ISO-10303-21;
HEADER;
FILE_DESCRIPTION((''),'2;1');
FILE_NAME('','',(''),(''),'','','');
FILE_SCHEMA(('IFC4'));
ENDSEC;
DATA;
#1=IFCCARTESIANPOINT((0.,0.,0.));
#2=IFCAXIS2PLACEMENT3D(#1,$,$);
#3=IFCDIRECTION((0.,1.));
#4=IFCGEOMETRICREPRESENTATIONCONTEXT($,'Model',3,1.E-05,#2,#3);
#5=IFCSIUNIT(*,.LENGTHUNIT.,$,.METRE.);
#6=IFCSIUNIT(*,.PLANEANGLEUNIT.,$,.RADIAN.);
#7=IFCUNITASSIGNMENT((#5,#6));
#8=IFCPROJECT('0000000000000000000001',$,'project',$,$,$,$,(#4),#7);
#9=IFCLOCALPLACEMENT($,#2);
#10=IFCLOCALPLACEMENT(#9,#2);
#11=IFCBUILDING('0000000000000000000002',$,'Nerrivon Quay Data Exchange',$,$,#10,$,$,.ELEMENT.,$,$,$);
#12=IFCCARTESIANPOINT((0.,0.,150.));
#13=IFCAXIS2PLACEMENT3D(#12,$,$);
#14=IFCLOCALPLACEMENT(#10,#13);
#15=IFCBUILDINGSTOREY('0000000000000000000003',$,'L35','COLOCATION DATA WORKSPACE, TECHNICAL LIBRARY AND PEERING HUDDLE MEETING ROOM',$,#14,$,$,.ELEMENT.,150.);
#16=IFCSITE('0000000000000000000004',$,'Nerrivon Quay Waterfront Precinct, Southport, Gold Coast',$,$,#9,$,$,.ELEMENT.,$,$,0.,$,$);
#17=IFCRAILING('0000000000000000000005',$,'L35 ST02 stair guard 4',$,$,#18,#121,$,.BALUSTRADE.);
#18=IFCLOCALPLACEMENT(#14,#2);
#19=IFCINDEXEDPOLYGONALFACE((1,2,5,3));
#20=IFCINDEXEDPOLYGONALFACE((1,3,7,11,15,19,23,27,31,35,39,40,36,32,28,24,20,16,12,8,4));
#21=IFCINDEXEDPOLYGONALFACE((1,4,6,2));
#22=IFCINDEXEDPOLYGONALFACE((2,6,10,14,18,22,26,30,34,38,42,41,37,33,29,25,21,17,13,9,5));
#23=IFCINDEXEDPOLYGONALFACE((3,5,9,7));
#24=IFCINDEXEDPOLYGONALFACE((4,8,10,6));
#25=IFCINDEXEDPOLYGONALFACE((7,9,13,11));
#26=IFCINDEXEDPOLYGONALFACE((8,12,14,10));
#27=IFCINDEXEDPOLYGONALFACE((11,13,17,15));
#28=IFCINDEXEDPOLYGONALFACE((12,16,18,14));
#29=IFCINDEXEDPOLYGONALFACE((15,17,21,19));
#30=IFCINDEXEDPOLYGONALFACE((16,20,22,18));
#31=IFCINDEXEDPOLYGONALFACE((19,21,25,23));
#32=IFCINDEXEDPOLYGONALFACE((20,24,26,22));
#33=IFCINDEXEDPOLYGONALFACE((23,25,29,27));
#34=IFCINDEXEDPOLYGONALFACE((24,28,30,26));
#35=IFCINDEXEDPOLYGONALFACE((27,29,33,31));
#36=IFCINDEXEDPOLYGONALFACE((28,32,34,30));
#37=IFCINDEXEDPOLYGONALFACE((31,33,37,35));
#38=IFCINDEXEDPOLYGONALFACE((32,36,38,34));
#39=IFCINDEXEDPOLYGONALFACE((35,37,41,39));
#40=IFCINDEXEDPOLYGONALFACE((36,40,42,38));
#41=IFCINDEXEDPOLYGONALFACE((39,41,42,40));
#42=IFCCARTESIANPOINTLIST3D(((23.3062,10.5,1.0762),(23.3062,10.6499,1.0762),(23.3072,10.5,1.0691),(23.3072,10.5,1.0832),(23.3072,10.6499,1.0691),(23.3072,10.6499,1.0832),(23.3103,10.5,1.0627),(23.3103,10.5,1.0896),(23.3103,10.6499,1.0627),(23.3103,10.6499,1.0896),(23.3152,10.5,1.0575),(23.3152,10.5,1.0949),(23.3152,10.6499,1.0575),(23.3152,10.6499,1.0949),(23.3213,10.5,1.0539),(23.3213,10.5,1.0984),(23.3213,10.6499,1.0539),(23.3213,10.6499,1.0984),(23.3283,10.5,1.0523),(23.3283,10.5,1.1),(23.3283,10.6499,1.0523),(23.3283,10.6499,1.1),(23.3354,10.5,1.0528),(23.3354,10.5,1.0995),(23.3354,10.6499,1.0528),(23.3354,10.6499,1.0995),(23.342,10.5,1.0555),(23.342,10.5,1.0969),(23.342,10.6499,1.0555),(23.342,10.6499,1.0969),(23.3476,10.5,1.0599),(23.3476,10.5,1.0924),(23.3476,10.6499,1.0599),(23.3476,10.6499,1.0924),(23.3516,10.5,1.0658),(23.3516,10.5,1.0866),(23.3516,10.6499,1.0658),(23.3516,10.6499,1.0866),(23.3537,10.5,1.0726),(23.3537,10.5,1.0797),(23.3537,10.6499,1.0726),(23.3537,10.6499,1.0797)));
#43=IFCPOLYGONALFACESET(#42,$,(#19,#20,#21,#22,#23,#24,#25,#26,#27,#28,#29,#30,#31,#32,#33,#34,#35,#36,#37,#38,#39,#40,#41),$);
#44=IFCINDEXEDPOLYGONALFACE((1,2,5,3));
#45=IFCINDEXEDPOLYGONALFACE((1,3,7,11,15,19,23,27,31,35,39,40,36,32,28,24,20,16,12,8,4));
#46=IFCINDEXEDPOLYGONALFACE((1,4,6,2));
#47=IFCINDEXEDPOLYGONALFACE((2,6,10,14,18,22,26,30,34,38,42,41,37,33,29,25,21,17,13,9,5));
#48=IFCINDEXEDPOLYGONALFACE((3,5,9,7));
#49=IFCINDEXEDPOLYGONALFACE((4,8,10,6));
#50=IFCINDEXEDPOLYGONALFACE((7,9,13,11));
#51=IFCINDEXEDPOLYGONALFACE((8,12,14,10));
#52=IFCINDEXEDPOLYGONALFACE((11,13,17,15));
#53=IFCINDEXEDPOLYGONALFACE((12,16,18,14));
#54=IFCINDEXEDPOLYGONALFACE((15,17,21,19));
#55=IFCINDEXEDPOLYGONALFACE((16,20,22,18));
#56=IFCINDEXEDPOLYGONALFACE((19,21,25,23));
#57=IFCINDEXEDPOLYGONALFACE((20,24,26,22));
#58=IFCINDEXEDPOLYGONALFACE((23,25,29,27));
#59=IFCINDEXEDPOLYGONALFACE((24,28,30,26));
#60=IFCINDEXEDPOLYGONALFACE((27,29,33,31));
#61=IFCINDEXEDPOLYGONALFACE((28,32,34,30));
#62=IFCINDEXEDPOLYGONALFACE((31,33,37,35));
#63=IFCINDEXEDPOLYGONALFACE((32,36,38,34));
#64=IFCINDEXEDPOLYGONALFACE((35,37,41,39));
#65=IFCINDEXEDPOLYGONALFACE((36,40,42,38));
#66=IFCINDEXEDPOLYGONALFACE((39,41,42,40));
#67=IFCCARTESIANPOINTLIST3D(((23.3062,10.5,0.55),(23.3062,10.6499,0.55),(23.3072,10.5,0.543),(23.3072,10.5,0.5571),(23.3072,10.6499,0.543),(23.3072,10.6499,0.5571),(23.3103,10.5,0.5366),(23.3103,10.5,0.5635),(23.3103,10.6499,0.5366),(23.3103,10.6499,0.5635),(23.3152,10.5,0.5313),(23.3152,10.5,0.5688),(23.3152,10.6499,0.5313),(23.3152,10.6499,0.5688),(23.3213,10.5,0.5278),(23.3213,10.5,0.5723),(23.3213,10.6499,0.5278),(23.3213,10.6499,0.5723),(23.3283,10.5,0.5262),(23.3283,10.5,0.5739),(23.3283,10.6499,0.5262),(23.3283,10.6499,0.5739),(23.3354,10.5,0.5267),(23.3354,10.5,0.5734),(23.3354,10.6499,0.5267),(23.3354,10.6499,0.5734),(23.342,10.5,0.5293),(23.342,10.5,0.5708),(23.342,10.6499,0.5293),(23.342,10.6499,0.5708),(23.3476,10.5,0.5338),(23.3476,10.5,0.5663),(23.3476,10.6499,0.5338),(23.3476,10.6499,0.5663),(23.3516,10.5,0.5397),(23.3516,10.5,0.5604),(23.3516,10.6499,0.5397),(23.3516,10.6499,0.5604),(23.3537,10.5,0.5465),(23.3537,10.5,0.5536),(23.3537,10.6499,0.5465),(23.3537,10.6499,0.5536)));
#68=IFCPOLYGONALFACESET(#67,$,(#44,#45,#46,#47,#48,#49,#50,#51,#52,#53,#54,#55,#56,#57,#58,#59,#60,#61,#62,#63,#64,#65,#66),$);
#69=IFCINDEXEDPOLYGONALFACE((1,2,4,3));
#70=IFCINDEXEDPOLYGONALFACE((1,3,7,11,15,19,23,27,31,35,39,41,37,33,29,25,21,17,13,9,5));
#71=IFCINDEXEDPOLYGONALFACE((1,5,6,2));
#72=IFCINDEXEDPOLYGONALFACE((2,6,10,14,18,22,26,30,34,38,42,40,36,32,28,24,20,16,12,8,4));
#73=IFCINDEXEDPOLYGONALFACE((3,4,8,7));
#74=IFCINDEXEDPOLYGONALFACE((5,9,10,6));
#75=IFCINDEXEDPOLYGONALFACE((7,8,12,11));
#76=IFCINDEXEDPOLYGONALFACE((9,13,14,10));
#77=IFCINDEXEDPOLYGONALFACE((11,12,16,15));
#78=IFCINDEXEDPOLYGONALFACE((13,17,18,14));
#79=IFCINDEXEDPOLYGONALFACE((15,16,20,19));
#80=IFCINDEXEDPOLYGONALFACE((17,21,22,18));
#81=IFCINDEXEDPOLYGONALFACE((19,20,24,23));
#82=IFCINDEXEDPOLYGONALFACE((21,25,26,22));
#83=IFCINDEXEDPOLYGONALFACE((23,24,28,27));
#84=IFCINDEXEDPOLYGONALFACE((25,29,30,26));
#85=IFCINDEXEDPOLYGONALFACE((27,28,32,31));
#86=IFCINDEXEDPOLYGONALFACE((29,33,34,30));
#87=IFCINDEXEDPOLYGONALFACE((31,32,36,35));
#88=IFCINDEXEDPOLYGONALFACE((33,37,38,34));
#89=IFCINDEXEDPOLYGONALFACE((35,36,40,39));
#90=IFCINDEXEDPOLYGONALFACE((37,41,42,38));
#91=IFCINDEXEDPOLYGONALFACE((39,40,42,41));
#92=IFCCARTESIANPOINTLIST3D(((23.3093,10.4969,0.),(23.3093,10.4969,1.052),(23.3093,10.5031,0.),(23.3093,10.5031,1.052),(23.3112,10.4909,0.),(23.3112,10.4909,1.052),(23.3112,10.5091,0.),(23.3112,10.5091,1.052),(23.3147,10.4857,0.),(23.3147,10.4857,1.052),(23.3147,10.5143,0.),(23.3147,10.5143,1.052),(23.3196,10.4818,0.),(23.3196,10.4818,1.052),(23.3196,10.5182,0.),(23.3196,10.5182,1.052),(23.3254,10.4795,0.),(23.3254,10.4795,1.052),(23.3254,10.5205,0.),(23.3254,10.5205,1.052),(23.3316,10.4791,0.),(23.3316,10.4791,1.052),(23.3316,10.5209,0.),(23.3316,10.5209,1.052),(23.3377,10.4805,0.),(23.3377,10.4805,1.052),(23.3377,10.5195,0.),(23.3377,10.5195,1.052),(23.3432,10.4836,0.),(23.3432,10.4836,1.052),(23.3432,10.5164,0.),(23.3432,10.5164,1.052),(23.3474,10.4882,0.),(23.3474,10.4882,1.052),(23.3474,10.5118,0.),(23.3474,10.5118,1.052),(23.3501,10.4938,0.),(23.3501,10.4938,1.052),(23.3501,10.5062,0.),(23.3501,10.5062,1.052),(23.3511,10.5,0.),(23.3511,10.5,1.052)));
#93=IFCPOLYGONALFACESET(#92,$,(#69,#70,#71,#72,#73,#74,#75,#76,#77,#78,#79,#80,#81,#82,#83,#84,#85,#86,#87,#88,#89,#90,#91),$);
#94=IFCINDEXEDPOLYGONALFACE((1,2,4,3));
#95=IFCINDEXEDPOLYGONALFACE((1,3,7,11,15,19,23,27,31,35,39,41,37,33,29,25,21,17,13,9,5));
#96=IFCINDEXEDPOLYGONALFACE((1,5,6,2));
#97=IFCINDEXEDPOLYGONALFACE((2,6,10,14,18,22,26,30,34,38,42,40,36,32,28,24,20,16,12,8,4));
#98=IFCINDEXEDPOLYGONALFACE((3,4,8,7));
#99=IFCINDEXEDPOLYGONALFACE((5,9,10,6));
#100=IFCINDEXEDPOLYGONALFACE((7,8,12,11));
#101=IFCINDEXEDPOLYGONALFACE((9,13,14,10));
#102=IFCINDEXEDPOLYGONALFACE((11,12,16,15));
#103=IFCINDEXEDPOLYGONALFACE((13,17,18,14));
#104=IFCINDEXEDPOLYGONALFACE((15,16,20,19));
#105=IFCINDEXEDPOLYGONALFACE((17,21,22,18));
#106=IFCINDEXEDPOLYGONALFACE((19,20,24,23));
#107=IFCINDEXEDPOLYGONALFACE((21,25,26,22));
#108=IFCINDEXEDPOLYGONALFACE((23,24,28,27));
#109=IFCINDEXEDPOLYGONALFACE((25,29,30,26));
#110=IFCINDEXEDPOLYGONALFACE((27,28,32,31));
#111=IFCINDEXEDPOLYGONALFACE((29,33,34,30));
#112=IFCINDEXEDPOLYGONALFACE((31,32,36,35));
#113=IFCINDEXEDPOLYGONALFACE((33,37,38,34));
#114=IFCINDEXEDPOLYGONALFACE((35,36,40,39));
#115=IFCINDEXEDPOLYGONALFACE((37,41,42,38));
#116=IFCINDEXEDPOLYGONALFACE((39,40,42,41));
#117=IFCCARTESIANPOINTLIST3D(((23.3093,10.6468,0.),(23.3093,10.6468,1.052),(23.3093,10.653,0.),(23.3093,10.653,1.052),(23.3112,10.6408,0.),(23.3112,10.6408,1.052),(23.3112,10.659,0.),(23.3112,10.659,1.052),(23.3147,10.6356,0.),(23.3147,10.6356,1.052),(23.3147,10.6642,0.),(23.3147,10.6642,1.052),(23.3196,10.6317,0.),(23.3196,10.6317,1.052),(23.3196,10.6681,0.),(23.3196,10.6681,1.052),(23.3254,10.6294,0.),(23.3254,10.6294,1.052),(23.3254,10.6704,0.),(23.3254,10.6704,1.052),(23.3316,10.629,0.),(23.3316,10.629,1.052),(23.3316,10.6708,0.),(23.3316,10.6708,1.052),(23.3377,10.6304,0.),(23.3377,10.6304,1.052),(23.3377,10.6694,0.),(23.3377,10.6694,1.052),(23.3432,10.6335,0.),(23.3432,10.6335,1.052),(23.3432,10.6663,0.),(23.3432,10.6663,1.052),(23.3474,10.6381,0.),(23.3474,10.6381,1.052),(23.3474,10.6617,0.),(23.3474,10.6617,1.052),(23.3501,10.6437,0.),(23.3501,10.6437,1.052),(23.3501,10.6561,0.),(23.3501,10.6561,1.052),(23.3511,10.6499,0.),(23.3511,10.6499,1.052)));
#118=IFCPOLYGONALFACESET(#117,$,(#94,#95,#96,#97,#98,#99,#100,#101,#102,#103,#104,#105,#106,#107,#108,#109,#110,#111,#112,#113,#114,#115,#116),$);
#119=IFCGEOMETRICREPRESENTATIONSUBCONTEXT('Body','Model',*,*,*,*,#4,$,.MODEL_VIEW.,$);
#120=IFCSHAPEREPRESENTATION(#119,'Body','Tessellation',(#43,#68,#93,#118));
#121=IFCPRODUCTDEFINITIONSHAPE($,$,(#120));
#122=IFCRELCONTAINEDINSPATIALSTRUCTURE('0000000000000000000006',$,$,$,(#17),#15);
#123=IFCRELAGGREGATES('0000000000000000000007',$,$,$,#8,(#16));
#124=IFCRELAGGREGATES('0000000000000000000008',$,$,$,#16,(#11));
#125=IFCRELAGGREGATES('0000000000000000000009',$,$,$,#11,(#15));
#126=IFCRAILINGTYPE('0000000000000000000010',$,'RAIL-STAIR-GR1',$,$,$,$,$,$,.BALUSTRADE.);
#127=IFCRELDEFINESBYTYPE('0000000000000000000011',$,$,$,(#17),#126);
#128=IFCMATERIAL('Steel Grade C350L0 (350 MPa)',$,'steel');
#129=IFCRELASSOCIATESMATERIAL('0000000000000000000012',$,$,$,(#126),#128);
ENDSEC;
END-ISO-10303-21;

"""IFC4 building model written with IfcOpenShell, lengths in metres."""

from ifc_helpers import new_model, si_unit, direction, frame, origin, origin_2d, place, context, subcontext, project, spatial, circle, extrude, material, type_object, element, save


model = new_model("IFC4")

# Units and contexts
model_context = context("Model", 3, precision=1e-05, world=origin(), true_north=direction((0.0, 1.0)))
body_context = subcontext(model_context, "Body", "Model", "MODEL_VIEW")
ifc_project = project(units=[si_unit("LENGTHUNIT", "METRE"), si_unit("PLANEANGLEUNIT", "RADIAN")], contexts=[model_context])

# Site, building, storey
site_placement = place(None, origin())
site = spatial("IfcSite", under=ifc_project, at=site_placement, Name="Nerrivon Quay Waterfront Precinct, Southport, Gold Coast", CompositionType="ELEMENT", RefElevation=0.0)
building_placement = place(site_placement, origin())
building = spatial("IfcBuilding", under=site, at=building_placement, Name="Nerrivon Quay Data Exchange", CompositionType="ELEMENT")
storey_placement = place(building_placement, frame((0.0, 0.0, 150.0)))
storey = spatial("IfcBuildingStorey", under=building, at=storey_placement, Name="L35", Description="COLOCATION DATA WORKSPACE, TECHNICAL LIBRARY AND PEERING HUDDLE MEETING ROOM", CompositionType="ELEMENT", Elevation=150.0)

# Railing
ifc_material_1 = material(Name="Steel Grade C350L0 (350 MPa)", Category="steel")
railing_type_1 = type_object("IfcRailingType", Name="RAIL-STAIR-GR1", PredefinedType="BALUSTRADE", material=ifc_material_1)
railing_1_placement = place(storey_placement, frame((23.3301, 10.5, 0.0)))
element("IfcRailing", 1, at=railing_1_placement, inside=storey, type_object=railing_type_1, Name="L35 ST02 stair guard 4", PredefinedType="BALUSTRADE", context=body_context, shape_type="SweptSolid", body=[
    extrude(circle(Radius=0.0239, at=origin_2d()), frame((0.0, 0.0, 1.0762), z_axis=(0.0, 1.0, 0.0), x_axis=(-1.0, 0.0, 0.0)), (0.0, 0.0, 1.0), 0.1499),
    extrude(circle(Radius=0.0239, at=origin_2d()), frame((0.0, 0.0, 0.55), z_axis=(0.0, 1.0, 0.0), x_axis=(-1.0, 0.0, 0.0)), (0.0, 0.0, 1.0), 0.1499),
    extrude(circle(Radius=0.021, at=origin_2d()), origin(), (0.0, 0.0, 1.0), 1.052),
    extrude(circle(Radius=0.021, at=origin_2d()), frame((0.0, 0.1499, 0.0)), (0.0, 0.0, 1.0), 1.052),
])

save(model, "model.ifc")
